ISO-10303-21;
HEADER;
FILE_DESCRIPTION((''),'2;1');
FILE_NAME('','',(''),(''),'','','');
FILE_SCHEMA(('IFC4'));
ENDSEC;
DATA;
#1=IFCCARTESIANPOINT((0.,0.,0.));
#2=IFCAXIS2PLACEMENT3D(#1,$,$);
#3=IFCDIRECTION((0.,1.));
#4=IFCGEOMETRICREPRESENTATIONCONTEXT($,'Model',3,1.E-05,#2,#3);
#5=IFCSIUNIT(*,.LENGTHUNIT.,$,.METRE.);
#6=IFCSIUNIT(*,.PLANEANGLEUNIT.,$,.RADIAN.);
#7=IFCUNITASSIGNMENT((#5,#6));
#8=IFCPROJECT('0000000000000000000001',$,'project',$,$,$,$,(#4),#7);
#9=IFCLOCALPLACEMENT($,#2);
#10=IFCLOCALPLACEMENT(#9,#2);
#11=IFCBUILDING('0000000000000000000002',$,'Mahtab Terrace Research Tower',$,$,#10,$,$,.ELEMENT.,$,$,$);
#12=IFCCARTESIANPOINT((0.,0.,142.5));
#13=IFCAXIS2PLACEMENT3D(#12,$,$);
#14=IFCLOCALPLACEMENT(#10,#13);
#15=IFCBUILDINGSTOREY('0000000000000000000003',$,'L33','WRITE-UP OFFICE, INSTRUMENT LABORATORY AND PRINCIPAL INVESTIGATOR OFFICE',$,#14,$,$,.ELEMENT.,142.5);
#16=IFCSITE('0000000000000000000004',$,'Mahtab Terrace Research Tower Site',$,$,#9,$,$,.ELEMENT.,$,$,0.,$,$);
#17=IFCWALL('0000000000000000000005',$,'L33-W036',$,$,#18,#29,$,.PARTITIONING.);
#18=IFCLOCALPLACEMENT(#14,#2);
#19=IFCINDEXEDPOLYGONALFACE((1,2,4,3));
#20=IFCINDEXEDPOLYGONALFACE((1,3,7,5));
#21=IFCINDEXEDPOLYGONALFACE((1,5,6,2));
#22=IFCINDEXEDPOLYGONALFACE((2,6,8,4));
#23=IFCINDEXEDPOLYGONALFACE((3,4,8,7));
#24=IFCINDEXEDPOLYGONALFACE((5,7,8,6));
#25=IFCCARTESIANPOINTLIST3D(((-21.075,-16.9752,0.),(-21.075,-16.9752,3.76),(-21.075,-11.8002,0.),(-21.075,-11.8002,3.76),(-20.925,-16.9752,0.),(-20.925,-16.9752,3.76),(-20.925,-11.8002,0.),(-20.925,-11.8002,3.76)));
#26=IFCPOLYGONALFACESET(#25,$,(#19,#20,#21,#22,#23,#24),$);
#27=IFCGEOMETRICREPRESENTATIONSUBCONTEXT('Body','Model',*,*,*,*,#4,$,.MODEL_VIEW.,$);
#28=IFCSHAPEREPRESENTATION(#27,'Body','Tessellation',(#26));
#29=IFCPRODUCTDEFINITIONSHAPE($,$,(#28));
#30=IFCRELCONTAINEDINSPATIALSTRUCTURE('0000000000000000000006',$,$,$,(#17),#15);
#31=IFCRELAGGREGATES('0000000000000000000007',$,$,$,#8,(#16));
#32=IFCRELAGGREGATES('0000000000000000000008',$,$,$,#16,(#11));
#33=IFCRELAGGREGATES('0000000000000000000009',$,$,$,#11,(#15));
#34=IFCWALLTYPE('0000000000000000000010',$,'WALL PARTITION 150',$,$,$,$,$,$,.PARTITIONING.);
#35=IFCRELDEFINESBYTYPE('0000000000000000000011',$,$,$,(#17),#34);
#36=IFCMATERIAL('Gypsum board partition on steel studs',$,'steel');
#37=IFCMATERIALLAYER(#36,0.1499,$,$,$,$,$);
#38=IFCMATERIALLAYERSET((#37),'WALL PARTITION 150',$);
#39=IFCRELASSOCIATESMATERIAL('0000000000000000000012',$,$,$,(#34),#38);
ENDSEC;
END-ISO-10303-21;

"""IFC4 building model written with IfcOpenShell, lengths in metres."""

from ifc_helpers import new_model, si_unit, direction, frame, frame_2d, origin, place, context, subcontext, project, spatial, rectangle, extrude, material, layer, layer_set, type_object, element, save


model = new_model("IFC4")

# Units and contexts
model_context = context("Model", 3, precision=1e-05, world=origin(), true_north=direction((0.0, 1.0)))
body_context = subcontext(model_context, "Body", "Model", "MODEL_VIEW")
ifc_project = project(units=[si_unit("LENGTHUNIT", "METRE"), si_unit("PLANEANGLEUNIT", "RADIAN")], contexts=[model_context])

# Site, building, storey
site_placement = place(None, origin())
site = spatial("IfcSite", under=ifc_project, at=site_placement, Name="Mahtab Terrace Research Tower Site", CompositionType="ELEMENT", RefElevation=0.0)
building_placement = place(site_placement, origin())
building = spatial("IfcBuilding", under=site, at=building_placement, Name="Mahtab Terrace Research Tower", CompositionType="ELEMENT")
storey_placement = place(building_placement, frame((0.0, 0.0, 142.5)))
storey = spatial("IfcBuildingStorey", under=building, at=storey_placement, Name="L33", Description="WRITE-UP OFFICE, INSTRUMENT LABORATORY AND PRINCIPAL INVESTIGATOR OFFICE", CompositionType="ELEMENT", Elevation=142.5)

# Wall
ifc_material_1 = material(Name="Gypsum board partition on steel studs", Category="steel")
ifc_layer_1 = layer(ifc_material_1, 0.1499)
ifc_layer_set_1 = layer_set([ifc_layer_1], Name="WALL PARTITION 150")
wall_type = type_object("IfcWallType", Name="WALL PARTITION 150", PredefinedType="PARTITIONING", material=ifc_layer_set_1)
for number, where, z_axis, x_axis, name in (
    (1, (-21.0, -16.9751, 0.0), (0.0, 0.0, 1.0), (0.0, 1.0, 0.0), "L33-W036"),
):
    element("IfcWall", number, at=place(storey_placement, frame(where, z_axis=z_axis, x_axis=x_axis)), inside=storey, type_object=wall_type, Name=name, PredefinedType="PARTITIONING", context=body_context, shape_type="SweptSolid", body=[
        extrude(rectangle(XDim=5.175, YDim=0.1499, at=frame_2d((2.5874, 0.0))), origin(), (0.0, 0.0, 1.0), 3.76),
    ])

save(model, "model.ifc")
